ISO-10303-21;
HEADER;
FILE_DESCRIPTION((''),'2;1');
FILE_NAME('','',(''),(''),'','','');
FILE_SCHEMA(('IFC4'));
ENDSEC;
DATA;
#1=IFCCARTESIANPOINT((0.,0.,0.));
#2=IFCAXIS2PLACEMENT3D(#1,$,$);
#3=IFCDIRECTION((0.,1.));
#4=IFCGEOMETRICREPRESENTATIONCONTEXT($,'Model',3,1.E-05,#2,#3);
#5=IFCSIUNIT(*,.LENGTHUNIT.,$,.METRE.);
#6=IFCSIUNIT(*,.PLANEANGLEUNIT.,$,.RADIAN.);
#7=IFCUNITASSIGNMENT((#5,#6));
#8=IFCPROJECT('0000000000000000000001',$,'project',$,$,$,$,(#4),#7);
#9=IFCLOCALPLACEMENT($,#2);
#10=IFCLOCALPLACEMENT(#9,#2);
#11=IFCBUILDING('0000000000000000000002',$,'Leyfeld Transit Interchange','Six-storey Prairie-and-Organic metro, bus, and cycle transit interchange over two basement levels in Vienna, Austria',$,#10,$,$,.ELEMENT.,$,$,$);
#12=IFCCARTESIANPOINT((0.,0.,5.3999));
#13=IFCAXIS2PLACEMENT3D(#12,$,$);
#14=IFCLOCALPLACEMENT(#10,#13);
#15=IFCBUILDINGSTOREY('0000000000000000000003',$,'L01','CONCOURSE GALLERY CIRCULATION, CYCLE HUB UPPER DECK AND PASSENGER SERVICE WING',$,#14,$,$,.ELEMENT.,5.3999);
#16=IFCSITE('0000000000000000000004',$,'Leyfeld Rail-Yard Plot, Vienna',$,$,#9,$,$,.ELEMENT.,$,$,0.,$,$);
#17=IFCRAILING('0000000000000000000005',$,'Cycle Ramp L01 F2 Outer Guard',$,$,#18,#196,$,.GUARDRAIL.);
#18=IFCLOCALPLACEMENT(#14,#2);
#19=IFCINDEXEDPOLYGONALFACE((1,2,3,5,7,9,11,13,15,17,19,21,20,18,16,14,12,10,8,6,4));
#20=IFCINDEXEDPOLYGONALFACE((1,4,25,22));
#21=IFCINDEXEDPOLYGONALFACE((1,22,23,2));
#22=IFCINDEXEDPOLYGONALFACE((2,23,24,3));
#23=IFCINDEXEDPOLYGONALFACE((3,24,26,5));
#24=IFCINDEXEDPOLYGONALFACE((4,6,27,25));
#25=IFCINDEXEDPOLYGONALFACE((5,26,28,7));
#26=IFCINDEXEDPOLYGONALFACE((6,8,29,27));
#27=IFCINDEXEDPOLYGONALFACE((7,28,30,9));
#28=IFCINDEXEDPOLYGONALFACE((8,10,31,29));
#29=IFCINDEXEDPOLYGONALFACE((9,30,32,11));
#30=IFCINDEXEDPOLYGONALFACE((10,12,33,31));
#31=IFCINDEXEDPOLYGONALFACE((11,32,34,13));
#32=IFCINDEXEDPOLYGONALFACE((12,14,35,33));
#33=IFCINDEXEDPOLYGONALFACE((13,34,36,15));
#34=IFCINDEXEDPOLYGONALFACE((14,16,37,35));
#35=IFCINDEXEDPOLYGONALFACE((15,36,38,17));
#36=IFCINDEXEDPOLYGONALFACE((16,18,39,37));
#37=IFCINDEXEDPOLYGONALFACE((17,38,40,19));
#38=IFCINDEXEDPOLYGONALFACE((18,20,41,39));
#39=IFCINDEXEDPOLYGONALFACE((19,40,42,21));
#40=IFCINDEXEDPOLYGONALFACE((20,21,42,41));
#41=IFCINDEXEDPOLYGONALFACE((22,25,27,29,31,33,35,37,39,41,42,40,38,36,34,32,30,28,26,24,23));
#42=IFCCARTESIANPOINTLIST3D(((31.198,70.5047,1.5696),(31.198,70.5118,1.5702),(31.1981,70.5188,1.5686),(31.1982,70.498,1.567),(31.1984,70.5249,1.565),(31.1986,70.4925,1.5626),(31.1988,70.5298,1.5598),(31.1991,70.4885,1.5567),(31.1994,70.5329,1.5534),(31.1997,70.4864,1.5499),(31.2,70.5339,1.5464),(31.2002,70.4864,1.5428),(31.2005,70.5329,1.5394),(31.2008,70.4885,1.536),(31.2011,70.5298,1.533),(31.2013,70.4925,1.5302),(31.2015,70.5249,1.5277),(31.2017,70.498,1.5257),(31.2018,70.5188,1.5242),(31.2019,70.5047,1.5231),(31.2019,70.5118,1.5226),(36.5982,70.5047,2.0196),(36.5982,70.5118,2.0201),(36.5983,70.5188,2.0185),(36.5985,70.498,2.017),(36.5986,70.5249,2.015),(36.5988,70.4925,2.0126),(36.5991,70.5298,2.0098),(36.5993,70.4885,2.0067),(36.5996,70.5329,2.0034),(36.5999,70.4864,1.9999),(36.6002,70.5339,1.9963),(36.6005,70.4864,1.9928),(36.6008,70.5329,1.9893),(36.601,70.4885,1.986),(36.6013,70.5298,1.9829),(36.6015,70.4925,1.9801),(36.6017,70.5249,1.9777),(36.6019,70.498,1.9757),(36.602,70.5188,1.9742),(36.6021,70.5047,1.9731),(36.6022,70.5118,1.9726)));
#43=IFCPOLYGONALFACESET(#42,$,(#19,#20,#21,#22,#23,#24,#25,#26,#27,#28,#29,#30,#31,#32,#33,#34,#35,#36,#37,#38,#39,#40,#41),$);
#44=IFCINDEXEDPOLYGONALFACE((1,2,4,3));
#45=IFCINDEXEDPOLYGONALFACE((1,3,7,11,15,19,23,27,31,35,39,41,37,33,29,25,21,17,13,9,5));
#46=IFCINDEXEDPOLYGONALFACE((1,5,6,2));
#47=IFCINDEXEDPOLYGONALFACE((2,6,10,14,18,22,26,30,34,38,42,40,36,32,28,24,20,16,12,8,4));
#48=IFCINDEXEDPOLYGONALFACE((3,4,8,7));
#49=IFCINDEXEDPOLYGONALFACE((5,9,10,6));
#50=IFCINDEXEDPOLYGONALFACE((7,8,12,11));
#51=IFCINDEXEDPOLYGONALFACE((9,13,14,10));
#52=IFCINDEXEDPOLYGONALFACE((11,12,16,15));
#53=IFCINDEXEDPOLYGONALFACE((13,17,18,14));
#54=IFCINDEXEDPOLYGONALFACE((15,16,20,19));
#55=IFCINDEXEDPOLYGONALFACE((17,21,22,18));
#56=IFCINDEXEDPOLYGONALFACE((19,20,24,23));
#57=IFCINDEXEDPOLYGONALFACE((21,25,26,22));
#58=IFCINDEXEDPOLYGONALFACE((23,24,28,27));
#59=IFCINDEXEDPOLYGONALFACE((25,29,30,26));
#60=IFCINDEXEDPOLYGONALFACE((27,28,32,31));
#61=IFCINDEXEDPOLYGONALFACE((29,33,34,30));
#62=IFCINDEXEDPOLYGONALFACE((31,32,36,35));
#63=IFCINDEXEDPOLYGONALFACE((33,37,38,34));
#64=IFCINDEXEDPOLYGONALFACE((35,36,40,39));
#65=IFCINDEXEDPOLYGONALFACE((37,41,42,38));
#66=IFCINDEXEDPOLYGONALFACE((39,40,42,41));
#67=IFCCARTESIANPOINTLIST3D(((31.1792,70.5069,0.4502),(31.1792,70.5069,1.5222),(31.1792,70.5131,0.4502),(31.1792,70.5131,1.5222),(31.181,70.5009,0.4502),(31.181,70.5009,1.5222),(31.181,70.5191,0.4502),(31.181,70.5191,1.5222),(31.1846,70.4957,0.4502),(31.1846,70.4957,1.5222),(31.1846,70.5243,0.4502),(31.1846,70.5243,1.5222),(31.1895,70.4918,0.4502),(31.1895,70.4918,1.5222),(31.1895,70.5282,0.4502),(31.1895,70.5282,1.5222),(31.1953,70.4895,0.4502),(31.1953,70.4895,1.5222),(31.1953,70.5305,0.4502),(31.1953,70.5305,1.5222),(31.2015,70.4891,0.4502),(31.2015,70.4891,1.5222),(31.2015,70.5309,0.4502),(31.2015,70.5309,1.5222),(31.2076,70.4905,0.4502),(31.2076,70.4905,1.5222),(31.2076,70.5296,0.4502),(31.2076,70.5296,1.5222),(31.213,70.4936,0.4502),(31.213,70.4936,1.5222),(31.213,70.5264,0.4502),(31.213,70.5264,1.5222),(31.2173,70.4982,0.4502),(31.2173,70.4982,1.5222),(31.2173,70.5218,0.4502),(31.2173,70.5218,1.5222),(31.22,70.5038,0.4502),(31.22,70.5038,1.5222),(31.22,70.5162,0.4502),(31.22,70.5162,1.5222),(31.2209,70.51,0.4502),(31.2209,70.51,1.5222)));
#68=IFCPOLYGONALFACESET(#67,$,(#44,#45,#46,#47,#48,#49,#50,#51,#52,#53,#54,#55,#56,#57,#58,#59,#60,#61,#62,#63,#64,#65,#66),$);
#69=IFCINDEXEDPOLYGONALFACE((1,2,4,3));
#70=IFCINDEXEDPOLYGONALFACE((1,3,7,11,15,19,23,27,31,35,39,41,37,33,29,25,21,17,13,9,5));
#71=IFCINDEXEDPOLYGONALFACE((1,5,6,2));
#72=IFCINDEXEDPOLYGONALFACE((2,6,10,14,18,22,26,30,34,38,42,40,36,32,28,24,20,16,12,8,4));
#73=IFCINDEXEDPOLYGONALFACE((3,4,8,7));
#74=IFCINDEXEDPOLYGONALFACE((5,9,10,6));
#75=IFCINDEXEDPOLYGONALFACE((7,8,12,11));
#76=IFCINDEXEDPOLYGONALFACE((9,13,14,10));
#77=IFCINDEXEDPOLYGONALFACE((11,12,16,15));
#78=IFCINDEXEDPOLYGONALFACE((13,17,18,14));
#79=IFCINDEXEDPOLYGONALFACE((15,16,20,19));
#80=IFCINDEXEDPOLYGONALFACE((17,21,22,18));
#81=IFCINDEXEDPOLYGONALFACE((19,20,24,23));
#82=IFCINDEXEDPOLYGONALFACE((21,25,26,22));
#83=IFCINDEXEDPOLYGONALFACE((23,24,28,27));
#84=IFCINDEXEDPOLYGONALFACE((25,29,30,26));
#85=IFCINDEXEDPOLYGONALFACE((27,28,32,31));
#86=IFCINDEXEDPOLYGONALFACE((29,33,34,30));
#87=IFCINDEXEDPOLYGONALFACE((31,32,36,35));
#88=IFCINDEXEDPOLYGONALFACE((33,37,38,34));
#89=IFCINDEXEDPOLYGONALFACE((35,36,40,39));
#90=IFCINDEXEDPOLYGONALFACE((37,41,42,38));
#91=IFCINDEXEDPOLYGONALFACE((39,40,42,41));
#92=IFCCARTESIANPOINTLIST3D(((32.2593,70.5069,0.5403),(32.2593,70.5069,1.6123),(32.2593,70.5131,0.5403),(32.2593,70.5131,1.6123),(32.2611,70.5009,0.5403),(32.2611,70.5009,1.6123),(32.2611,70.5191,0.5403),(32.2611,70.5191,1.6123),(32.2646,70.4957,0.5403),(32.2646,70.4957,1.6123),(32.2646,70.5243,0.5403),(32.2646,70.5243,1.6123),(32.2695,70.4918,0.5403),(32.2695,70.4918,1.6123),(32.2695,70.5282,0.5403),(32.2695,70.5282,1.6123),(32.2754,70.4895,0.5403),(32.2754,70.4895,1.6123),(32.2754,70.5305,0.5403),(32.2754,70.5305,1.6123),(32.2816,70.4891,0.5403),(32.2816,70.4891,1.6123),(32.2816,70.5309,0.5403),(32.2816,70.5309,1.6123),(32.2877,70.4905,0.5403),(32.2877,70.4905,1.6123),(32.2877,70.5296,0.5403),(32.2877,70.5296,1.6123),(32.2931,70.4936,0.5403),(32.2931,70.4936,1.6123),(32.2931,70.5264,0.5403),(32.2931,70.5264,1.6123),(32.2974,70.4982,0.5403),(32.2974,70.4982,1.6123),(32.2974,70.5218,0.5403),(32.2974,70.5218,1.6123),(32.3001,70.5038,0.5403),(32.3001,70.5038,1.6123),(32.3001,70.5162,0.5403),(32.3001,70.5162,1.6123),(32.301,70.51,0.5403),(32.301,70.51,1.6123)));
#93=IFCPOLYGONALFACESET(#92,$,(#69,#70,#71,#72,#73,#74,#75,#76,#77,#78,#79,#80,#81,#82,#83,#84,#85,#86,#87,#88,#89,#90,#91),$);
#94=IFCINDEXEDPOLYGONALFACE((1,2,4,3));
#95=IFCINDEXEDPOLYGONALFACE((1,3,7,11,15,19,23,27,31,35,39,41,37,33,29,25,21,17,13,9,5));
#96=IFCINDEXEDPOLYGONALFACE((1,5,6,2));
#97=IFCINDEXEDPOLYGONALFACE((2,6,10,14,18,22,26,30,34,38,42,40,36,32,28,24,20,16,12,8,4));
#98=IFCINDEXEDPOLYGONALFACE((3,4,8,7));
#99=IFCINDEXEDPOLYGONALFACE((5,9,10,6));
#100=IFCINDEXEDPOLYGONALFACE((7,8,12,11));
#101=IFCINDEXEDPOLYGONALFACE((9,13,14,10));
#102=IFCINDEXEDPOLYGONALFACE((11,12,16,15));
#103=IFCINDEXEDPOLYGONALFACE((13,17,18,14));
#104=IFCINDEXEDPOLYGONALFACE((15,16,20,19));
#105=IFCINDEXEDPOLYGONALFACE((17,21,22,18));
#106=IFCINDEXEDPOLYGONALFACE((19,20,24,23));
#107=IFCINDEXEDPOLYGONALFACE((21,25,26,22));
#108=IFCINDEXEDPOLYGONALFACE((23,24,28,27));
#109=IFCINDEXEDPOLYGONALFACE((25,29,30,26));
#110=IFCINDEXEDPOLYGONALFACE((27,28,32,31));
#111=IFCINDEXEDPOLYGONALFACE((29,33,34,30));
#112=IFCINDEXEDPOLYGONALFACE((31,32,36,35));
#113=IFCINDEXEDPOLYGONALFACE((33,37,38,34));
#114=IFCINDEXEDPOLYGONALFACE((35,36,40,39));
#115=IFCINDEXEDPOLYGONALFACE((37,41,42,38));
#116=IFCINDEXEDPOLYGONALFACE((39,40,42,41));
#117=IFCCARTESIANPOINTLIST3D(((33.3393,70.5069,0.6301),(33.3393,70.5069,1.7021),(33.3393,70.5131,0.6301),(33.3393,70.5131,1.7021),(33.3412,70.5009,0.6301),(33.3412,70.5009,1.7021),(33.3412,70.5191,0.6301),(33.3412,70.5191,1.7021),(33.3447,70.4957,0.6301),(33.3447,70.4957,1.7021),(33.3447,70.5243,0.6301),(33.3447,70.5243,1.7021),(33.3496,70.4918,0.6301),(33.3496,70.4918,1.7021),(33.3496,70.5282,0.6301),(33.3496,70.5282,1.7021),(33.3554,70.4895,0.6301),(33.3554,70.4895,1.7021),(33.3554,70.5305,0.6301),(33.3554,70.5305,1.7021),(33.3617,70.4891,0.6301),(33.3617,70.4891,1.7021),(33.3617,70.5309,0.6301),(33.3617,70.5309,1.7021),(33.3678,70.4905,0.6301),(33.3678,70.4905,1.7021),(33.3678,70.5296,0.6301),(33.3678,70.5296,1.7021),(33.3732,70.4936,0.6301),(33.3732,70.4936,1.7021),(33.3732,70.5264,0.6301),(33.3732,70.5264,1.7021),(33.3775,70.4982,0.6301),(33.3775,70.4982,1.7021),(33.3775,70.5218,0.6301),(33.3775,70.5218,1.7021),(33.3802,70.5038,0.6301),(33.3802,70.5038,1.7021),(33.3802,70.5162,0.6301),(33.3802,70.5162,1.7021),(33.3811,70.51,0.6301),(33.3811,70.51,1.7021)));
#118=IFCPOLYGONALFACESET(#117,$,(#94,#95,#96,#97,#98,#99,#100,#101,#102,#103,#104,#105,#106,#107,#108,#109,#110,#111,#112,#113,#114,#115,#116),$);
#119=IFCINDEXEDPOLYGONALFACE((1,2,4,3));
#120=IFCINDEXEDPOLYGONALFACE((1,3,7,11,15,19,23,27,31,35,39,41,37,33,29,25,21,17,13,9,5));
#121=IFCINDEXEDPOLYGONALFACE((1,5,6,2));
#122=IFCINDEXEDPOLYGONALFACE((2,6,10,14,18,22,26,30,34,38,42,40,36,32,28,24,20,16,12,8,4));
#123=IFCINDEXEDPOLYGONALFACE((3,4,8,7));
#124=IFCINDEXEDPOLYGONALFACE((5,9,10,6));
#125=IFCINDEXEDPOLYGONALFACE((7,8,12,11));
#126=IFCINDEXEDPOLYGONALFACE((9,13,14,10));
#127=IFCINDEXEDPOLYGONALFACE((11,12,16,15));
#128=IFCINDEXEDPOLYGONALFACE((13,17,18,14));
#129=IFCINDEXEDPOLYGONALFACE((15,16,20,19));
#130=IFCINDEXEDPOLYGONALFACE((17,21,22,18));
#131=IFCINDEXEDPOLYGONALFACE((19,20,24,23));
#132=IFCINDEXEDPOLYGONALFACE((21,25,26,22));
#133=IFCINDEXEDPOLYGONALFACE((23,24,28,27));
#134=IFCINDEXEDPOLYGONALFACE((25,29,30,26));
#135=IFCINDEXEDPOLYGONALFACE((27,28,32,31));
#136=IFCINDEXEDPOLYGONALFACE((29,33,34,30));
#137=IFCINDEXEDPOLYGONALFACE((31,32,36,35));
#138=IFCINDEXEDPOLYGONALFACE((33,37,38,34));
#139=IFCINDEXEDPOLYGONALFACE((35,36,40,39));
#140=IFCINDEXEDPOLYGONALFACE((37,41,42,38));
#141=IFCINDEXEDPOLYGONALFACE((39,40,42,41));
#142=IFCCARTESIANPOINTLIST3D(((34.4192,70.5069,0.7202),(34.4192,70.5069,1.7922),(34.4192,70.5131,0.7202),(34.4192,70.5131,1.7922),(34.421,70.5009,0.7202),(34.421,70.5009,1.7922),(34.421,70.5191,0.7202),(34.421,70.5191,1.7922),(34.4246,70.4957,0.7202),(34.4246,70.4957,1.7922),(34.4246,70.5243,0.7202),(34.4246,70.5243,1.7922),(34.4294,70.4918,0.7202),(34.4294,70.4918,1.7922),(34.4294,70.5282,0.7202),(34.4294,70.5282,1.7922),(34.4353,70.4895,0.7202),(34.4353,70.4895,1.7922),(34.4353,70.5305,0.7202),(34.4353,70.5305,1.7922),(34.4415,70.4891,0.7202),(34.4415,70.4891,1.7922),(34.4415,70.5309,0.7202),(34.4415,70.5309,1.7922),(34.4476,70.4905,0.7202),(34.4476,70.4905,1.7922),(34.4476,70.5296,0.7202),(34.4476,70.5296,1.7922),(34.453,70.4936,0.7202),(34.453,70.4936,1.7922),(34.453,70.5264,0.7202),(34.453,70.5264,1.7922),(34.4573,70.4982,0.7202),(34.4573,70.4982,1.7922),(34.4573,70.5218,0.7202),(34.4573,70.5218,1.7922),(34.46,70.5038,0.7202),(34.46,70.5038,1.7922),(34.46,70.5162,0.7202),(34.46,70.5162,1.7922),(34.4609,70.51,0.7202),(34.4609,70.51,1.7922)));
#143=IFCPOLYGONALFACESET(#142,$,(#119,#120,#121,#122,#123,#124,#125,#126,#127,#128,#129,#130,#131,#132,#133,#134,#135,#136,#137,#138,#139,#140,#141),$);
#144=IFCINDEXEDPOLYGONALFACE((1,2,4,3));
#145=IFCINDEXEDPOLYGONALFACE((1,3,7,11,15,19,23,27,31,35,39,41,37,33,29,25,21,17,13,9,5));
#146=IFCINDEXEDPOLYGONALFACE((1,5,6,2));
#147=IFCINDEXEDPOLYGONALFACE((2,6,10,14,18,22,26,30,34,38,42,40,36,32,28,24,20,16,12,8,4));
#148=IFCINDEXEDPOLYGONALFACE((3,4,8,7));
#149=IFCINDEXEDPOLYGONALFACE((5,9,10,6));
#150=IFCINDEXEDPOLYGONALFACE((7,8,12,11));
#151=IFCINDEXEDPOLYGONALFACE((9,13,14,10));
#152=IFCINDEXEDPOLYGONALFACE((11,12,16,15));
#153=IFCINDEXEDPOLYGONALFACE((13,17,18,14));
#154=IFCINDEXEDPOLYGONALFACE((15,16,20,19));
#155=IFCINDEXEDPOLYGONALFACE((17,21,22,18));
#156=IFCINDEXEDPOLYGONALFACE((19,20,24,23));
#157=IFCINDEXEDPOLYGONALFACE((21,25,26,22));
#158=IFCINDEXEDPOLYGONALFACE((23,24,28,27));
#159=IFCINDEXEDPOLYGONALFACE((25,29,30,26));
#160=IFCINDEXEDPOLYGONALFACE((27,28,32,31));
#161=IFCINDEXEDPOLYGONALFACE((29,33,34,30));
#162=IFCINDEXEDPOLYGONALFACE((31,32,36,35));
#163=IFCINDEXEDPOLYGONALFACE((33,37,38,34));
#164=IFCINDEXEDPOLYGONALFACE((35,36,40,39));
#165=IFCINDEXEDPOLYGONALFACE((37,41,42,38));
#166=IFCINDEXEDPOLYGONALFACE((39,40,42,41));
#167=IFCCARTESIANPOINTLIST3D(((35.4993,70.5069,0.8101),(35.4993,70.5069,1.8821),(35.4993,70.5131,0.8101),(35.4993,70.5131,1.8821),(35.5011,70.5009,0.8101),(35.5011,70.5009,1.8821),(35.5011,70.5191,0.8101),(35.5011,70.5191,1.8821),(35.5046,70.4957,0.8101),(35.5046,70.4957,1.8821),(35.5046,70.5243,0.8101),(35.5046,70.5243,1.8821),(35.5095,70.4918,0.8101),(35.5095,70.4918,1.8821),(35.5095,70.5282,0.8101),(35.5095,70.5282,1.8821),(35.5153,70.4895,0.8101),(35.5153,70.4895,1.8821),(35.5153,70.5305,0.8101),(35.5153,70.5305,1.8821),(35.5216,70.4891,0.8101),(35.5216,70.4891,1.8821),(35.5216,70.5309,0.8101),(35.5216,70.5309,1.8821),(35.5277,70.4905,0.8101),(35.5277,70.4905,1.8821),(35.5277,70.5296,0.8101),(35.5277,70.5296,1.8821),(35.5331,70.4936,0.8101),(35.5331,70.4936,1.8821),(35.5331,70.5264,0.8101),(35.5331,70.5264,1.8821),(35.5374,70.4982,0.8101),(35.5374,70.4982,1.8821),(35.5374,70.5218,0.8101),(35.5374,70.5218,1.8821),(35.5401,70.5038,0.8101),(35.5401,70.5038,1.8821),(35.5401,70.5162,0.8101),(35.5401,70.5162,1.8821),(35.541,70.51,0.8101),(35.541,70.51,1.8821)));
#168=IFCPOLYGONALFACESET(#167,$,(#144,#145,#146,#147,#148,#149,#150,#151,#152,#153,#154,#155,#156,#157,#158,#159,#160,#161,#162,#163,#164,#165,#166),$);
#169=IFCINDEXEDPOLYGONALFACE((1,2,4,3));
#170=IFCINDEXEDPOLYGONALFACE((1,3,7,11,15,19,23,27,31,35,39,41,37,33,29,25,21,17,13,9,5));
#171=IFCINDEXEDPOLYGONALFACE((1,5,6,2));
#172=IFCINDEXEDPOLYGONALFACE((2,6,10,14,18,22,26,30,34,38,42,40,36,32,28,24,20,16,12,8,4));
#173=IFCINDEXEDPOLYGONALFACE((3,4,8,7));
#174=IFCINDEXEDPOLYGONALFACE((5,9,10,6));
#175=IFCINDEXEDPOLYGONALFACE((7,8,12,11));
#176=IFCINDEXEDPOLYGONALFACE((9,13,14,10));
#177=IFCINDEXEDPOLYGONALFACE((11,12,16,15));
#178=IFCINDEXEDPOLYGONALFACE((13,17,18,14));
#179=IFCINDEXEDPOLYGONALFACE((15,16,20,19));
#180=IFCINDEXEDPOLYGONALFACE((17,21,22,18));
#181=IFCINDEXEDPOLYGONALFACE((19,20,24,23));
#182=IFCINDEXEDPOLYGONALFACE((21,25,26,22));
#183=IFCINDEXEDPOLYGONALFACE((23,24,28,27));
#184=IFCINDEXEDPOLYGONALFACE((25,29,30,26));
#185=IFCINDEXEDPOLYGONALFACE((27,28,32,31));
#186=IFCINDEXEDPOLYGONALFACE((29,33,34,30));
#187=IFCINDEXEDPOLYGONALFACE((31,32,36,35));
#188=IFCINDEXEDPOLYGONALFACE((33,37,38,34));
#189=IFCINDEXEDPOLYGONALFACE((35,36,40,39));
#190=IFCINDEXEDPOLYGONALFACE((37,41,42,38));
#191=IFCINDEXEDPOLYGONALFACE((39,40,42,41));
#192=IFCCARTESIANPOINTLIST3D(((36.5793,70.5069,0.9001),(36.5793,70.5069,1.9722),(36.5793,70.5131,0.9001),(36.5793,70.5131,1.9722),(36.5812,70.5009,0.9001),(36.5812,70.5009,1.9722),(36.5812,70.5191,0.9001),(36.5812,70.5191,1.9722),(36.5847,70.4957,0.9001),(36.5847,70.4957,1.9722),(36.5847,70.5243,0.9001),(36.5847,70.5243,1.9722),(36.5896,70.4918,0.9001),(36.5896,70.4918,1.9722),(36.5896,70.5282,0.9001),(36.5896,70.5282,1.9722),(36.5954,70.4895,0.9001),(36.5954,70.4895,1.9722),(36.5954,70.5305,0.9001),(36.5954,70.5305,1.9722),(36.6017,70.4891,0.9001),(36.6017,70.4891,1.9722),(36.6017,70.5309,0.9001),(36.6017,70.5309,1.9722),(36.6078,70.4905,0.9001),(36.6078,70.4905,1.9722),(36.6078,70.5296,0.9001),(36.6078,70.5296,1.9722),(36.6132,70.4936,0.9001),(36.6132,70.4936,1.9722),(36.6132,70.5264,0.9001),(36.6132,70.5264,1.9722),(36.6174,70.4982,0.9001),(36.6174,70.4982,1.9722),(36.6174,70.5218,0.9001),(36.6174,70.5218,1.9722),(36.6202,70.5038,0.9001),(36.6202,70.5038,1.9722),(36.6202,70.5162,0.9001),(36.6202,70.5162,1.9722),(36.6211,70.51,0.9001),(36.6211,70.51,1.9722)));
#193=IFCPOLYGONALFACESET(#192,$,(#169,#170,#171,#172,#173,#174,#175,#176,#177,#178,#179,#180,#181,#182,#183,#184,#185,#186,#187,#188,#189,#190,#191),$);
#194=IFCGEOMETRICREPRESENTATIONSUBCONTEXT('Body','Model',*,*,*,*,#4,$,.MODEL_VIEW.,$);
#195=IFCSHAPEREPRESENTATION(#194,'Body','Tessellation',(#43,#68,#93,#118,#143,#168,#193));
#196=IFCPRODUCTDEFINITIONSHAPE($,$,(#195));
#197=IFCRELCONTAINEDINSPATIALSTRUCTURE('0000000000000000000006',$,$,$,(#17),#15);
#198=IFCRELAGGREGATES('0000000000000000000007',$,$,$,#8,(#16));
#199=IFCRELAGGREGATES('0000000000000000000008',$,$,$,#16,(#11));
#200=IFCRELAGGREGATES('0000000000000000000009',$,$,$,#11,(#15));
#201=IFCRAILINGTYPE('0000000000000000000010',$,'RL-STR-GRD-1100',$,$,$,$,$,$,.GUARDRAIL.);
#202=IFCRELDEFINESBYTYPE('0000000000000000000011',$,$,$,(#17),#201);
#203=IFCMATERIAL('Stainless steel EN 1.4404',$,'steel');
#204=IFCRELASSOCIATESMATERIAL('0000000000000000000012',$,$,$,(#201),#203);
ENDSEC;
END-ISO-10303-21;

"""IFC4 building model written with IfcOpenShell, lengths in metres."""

from ifc_helpers import new_model, si_unit, direction, frame, origin, origin_2d, place, context, subcontext, project, spatial, circle, extrude, material, type_object, element, save


model = new_model("IFC4")

# Units and contexts
model_context = context("Model", 3, precision=1e-05, world=origin(), true_north=direction((0.0, 1.0)))
body_context = subcontext(model_context, "Body", "Model", "MODEL_VIEW")
ifc_project = project(units=[si_unit("LENGTHUNIT", "METRE"), si_unit("PLANEANGLEUNIT", "RADIAN")], contexts=[model_context])

# Site, building, storey
site_placement = place(None, origin())
site = spatial("IfcSite", under=ifc_project, at=site_placement, Name="Leyfeld Rail-Yard Plot, Vienna", CompositionType="ELEMENT", RefElevation=0.0)
building_placement = place(site_placement, origin())
building = spatial("IfcBuilding", under=site, at=building_placement, Name="Leyfeld Transit Interchange", Description="Six-storey Prairie-and-Organic metro, bus, and cycle transit interchange over two basement levels in Vienna, Austria", CompositionType="ELEMENT")
storey_placement = place(building_placement, frame((0.0, 0.0, 5.3999)))
storey = spatial("IfcBuildingStorey", under=building, at=storey_placement, Name="L01", Description="CONCOURSE GALLERY CIRCULATION, CYCLE HUB UPPER DECK AND PASSENGER SERVICE WING", CompositionType="ELEMENT", Elevation=5.3999)

# Railing
ifc_material_1 = material(Name="Stainless steel EN 1.4404", Category="steel")
railing_type = type_object("IfcRailingType", Name="RL-STR-GRD-1100", PredefinedType="GUARDRAIL", material=ifc_material_1)
railing_placement = place(storey_placement, frame((31.2, 70.51, 0.4502)))
element("IfcRailing", 1, at=railing_placement, inside=storey, type_object=railing_type, Name="Cycle Ramp L01 F2 Outer Guard", PredefinedType="GUARDRAIL", context=body_context, shape_type="SweptSolid", body=[
    extrude(circle(Radius=0.0239, at=origin_2d()), frame((0.0, 0.0, 1.0962), z_axis=(0.996547, 0.0, 0.083034), x_axis=(0.0, 1.0, 0.0)), (0.0, 0.0, 1.0), 5.4189),
    extrude(circle(Radius=0.021, at=origin_2d()), origin(), (0.0, 0.0, 1.0), 1.072),
    extrude(circle(Radius=0.021, at=origin_2d()), frame((1.0801, 0.0, 0.0901)), (0.0, 0.0, 1.0), 1.072),
    extrude(circle(Radius=0.021, at=origin_2d()), frame((2.1602, 0.0, 0.1799)), (0.0, 0.0, 1.0), 1.072),
    extrude(circle(Radius=0.021, at=origin_2d()), frame((3.24, 0.0, 0.27)), (0.0, 0.0, 1.0), 1.072),
    extrude(circle(Radius=0.021, at=origin_2d()), frame((4.3201, 0.0, 0.3599)), (0.0, 0.0, 1.0), 1.072),
    extrude(circle(Radius=0.021, at=origin_2d()), frame((5.4001, 0.0, 0.45)), (0.0, 0.0, 1.0), 1.072),
])

save(model, "model.ifc")
